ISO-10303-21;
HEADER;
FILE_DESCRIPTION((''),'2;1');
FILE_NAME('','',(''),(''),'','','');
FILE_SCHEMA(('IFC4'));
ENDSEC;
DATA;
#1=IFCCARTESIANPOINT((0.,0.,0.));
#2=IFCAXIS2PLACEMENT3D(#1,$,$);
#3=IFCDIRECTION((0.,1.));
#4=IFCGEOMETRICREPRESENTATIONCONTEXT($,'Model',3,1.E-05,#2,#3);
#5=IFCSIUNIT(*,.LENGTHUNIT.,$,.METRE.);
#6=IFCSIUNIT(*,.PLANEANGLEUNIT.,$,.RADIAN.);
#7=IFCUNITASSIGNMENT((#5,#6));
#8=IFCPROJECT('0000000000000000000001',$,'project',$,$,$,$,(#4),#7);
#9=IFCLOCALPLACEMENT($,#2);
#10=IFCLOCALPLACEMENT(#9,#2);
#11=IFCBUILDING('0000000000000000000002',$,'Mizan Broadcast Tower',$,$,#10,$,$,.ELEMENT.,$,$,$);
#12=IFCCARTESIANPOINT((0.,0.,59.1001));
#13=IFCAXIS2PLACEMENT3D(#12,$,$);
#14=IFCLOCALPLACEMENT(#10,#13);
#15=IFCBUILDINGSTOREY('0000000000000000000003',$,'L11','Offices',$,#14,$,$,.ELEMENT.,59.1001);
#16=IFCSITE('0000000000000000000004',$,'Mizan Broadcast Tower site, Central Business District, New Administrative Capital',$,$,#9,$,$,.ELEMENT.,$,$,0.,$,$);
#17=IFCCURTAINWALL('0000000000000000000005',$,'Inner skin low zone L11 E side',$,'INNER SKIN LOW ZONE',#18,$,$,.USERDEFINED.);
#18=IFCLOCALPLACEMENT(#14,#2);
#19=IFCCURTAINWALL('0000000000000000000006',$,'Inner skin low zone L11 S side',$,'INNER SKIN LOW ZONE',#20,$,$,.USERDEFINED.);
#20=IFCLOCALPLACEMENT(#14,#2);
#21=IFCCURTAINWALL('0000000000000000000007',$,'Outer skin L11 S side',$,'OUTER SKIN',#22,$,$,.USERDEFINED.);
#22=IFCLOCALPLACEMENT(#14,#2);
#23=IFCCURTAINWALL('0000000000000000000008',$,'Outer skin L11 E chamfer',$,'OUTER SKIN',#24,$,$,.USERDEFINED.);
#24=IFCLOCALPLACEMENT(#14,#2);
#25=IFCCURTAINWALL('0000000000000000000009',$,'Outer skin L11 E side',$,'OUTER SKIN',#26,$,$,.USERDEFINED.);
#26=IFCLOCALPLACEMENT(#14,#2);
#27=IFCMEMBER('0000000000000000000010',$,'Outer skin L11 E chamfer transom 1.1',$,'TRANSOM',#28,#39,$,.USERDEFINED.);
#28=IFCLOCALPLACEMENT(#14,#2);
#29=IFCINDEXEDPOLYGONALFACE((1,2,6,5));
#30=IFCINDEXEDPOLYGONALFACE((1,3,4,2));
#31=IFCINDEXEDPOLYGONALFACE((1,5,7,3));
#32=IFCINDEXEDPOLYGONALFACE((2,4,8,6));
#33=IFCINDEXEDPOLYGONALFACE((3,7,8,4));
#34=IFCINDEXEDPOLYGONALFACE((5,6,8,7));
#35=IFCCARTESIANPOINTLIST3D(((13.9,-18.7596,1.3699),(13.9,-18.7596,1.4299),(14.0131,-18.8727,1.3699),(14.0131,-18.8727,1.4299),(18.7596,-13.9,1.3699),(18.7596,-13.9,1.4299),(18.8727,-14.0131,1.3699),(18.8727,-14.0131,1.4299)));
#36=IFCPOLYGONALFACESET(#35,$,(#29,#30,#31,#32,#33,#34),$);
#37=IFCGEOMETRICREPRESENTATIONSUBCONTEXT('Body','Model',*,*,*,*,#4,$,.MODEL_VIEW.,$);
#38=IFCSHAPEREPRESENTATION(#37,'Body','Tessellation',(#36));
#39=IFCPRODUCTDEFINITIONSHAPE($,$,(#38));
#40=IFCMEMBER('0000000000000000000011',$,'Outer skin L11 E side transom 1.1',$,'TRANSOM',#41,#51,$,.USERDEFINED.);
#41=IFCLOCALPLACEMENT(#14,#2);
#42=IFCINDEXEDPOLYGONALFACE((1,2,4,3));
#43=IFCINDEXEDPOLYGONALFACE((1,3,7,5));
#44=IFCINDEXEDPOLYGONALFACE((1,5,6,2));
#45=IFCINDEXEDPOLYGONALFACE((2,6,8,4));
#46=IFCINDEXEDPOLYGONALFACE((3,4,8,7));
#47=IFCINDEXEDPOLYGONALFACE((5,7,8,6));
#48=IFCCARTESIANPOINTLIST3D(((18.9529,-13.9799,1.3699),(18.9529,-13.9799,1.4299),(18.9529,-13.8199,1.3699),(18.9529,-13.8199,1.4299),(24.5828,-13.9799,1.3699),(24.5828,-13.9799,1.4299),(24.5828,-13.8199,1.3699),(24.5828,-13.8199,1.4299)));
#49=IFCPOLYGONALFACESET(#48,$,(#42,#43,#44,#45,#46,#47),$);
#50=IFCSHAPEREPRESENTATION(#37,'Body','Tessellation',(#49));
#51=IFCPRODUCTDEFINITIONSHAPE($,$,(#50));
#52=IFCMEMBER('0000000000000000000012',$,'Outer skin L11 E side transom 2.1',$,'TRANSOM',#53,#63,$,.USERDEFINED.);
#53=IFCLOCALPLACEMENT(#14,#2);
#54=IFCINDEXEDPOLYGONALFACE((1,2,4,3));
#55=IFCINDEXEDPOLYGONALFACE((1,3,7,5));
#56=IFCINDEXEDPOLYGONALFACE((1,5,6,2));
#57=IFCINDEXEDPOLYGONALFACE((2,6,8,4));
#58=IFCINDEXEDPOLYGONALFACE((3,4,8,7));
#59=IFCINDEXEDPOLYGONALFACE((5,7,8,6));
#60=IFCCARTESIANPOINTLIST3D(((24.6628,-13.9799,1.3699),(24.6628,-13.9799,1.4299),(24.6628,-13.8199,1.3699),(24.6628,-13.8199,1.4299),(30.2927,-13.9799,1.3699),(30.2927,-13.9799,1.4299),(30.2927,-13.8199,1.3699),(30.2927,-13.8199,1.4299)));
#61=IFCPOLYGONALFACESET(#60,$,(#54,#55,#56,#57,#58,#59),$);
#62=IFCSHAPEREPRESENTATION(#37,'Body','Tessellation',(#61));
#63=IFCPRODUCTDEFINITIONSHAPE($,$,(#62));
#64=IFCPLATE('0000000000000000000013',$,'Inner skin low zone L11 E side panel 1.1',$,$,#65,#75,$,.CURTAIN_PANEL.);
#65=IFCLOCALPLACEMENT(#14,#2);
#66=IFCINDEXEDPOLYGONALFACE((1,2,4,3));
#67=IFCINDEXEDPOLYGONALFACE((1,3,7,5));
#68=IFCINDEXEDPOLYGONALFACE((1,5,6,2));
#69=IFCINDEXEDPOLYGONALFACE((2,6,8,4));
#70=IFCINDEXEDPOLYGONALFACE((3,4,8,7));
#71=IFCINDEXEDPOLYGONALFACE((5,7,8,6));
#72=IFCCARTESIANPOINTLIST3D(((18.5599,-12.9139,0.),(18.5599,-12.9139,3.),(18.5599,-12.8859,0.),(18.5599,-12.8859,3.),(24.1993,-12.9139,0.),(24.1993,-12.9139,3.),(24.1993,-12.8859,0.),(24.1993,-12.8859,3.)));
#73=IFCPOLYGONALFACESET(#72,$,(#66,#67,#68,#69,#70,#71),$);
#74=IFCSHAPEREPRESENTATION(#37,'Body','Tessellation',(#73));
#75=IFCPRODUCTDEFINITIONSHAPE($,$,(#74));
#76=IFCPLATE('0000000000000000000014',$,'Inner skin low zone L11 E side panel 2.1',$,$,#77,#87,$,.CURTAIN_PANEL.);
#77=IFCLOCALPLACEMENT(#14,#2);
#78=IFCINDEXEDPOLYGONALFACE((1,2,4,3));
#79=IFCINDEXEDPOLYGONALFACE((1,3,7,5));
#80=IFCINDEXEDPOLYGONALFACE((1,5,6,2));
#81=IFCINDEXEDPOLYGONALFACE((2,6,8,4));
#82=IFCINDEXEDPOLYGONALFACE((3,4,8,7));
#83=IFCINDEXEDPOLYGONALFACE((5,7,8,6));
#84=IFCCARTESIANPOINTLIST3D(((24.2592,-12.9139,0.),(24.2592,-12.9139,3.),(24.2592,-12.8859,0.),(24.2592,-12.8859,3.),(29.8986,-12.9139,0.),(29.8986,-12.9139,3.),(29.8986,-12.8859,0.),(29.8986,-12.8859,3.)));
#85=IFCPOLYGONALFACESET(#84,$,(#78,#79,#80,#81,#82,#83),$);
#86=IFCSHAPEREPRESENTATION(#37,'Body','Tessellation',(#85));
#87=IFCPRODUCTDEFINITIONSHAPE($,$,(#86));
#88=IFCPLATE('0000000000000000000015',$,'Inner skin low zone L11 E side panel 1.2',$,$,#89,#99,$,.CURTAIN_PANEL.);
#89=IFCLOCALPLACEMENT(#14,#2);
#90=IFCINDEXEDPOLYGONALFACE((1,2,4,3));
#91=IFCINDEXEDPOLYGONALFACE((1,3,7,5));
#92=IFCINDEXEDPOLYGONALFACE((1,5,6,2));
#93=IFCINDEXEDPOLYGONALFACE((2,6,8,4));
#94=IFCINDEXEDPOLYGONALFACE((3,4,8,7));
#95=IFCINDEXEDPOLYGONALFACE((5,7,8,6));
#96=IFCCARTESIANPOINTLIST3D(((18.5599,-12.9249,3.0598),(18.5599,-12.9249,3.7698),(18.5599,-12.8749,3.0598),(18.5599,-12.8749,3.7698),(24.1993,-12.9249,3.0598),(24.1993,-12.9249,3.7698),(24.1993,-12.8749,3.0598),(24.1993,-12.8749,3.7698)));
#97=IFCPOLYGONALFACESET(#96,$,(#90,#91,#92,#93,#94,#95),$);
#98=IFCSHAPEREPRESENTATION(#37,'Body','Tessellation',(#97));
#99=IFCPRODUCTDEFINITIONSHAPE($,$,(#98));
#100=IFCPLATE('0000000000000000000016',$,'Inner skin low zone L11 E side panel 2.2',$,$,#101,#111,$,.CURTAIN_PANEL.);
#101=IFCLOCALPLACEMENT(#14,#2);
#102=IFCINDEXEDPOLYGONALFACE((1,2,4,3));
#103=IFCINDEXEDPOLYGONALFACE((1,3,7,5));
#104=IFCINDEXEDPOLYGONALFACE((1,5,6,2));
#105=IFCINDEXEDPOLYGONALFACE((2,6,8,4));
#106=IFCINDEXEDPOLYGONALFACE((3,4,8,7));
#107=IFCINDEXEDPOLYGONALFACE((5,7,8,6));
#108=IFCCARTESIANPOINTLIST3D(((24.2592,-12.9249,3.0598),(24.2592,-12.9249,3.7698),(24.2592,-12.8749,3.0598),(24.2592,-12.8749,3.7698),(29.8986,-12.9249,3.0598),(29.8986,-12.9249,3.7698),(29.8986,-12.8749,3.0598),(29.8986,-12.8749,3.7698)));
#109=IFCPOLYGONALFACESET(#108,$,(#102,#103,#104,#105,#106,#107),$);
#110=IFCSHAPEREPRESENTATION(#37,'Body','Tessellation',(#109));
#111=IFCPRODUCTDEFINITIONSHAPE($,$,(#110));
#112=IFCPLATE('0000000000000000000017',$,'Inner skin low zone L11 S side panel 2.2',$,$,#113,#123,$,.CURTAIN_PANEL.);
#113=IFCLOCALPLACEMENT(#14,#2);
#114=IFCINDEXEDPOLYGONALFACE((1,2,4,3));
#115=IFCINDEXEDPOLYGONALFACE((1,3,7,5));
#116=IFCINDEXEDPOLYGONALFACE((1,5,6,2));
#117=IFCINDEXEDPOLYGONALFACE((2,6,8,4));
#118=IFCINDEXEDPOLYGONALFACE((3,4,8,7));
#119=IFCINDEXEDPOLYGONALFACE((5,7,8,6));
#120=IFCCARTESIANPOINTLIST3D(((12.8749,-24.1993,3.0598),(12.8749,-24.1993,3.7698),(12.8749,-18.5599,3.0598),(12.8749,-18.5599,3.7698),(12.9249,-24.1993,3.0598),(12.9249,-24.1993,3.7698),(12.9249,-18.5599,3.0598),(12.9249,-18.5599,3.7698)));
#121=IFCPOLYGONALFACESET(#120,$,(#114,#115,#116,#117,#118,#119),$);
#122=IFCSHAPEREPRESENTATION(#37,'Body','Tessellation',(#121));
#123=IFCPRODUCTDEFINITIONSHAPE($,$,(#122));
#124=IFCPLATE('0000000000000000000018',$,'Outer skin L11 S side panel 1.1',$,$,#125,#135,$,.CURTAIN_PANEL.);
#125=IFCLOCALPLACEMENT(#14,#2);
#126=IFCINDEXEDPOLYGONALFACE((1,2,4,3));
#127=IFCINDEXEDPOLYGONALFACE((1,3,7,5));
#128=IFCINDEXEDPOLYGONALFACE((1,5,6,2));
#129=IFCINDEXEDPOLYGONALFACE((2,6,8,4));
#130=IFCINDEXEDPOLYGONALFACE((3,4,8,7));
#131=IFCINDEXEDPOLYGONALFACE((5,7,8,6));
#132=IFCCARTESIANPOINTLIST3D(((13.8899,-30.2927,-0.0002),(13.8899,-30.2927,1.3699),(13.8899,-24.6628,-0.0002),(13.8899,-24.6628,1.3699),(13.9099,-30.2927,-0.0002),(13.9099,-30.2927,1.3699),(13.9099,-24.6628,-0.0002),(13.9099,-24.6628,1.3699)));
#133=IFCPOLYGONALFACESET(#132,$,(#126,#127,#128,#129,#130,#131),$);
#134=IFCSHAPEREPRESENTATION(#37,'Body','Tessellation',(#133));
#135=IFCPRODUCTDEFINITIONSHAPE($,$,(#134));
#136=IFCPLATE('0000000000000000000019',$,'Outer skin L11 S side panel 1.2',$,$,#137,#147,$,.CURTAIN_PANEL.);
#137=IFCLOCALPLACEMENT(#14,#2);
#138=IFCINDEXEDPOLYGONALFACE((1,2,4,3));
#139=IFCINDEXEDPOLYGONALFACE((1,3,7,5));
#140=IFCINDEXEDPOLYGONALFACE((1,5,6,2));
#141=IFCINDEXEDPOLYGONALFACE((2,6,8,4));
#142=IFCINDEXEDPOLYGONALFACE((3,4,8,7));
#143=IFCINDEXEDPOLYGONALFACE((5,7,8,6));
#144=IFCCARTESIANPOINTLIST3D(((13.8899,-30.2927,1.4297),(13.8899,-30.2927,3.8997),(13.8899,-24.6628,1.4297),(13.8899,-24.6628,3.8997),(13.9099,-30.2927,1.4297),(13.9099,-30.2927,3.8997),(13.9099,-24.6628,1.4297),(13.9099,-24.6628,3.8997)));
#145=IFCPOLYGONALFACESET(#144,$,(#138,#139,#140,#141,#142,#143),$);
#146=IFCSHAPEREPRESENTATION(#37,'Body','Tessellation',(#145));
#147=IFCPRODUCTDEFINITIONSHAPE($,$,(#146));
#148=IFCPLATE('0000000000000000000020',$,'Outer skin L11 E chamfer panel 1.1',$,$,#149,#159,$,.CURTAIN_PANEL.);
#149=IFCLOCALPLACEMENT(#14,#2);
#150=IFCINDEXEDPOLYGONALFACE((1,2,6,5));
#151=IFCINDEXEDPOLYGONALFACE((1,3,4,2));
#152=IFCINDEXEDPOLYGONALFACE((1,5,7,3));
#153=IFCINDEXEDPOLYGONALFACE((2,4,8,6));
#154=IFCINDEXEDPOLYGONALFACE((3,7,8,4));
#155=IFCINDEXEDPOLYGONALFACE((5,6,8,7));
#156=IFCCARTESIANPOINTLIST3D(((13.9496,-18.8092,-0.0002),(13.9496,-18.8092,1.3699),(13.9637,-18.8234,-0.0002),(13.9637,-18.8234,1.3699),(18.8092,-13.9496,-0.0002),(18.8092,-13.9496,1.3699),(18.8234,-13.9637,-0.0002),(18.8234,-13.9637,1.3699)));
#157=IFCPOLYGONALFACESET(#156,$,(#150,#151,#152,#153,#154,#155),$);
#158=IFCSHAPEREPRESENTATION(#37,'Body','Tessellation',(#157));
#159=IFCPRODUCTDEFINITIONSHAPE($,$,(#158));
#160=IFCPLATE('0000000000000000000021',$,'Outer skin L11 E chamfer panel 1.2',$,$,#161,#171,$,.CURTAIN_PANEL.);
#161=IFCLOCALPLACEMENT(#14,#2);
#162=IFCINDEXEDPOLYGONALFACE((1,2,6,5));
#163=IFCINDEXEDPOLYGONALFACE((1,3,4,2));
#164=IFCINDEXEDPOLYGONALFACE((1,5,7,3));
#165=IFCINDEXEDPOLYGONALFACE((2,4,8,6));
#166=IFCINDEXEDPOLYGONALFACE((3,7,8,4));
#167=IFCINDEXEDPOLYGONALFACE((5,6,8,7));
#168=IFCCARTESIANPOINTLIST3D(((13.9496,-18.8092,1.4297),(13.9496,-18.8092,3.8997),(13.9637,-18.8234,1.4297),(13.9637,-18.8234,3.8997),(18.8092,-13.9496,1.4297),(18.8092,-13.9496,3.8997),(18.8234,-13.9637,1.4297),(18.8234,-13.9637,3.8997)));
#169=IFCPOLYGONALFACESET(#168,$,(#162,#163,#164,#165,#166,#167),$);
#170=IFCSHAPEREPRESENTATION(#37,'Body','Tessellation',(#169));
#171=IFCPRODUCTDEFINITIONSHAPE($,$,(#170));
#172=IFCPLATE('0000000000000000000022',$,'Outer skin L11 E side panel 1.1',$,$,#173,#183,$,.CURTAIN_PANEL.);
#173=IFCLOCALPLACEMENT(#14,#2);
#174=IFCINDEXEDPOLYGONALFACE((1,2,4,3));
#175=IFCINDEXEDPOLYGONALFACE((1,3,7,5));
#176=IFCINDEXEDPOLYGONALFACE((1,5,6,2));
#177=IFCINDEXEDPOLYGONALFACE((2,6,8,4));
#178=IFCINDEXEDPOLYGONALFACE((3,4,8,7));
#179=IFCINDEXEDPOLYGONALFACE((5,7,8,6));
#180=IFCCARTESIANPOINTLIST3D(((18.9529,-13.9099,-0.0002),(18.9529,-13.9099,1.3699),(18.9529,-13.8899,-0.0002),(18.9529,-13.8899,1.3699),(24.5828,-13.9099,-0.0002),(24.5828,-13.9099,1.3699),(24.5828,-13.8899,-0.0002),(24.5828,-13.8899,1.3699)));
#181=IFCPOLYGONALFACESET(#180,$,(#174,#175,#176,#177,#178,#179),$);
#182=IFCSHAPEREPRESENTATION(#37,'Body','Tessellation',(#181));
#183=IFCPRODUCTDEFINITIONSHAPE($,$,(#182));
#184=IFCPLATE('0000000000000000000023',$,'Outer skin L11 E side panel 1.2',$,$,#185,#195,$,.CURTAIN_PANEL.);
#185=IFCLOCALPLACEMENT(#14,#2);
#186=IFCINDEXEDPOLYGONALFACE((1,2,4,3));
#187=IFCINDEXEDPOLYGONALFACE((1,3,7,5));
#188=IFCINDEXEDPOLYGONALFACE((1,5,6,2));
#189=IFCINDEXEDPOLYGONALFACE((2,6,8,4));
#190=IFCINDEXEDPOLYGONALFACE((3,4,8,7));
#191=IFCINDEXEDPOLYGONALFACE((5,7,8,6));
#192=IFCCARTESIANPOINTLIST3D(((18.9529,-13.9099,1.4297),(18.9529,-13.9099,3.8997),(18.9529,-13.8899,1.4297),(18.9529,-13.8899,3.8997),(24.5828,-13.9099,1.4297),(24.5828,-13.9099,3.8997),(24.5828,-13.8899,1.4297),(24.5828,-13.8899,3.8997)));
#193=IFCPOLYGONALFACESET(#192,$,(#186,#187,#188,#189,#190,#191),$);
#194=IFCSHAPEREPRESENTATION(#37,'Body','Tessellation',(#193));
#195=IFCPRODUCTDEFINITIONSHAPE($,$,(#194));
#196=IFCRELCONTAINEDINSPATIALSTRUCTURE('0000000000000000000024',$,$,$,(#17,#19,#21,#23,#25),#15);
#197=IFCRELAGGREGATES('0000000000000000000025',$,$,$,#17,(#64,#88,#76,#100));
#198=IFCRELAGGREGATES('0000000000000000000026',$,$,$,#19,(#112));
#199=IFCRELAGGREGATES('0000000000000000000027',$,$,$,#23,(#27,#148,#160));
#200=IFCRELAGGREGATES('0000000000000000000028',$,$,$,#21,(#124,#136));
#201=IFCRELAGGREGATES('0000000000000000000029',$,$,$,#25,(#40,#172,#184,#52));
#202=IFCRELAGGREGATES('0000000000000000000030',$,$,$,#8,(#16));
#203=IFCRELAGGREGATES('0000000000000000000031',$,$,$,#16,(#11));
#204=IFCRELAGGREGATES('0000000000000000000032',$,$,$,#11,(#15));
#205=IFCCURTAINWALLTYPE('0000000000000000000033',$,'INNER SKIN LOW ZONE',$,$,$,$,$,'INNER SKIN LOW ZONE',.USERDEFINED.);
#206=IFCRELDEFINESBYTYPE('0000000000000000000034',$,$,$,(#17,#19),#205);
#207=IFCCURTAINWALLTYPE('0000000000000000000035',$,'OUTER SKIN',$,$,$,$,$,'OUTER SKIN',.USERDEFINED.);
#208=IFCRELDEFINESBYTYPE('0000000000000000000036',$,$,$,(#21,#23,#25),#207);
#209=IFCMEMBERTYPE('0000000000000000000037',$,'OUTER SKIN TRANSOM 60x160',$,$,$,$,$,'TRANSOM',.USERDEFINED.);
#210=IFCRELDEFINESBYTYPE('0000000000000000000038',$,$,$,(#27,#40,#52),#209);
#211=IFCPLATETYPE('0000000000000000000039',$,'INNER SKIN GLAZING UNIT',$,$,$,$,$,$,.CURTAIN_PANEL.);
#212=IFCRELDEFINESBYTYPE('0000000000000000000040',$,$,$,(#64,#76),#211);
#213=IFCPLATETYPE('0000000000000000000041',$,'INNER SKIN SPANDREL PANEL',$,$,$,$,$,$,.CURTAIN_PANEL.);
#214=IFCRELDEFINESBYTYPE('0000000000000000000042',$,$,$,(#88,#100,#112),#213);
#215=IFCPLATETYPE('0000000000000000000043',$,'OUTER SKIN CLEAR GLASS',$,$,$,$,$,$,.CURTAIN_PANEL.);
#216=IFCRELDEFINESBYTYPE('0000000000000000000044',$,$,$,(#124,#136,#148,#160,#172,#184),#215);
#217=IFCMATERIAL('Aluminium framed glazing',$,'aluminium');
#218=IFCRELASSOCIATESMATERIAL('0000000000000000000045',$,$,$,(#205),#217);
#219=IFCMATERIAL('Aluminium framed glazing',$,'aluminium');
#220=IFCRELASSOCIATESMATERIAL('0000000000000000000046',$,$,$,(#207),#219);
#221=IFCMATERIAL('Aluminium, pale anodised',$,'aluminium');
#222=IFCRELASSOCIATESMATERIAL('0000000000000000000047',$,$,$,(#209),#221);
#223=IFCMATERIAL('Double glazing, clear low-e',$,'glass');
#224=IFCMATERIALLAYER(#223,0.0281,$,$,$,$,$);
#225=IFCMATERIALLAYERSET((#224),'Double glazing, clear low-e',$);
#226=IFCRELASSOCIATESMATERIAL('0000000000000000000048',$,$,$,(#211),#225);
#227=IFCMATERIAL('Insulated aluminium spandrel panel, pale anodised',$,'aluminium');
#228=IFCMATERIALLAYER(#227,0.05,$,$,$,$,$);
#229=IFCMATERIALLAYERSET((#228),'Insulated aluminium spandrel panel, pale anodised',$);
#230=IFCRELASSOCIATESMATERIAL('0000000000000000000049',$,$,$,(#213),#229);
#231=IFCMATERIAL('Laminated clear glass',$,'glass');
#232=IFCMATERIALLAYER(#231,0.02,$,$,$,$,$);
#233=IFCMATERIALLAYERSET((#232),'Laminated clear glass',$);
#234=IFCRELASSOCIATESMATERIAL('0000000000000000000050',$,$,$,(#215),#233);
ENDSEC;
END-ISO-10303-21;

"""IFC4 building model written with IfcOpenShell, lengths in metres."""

from ifc_helpers import new_model, si_unit, direction, frame, origin, origin_2d, place, context, subcontext, project, spatial, rectangle, extrude, material, layer, layer_set, material_profile, profile_set, type_object, element, aggregate, save


model = new_model("IFC4")

# Units and contexts
model_context = context("Model", 3, precision=1e-05, world=origin(), true_north=direction((0.0, 1.0)))
body_context = subcontext(model_context, "Body", "Model", "MODEL_VIEW")
ifc_project = project(units=[si_unit("LENGTHUNIT", "METRE"), si_unit("PLANEANGLEUNIT", "RADIAN")], contexts=[model_context])

# Site, building, storey
site_placement = place(None, origin())
site = spatial("IfcSite", under=ifc_project, at=site_placement, Name="Mizan Broadcast Tower site, Central Business District, New Administrative Capital", CompositionType="ELEMENT", RefElevation=0.0)
building_placement = place(site_placement, origin())
building = spatial("IfcBuilding", under=site, at=building_placement, Name="Mizan Broadcast Tower", CompositionType="ELEMENT")
storey_placement = place(building_placement, frame((0.0, 0.0, 59.1001)))
storey = spatial("IfcBuildingStorey", under=building, at=storey_placement, Name="L11", Description="Offices", CompositionType="ELEMENT", Elevation=59.1001)

# Curtain wall
ifc_material_1 = material(Name="Aluminium framed glazing", Category="aluminium")
curtain_wall_type_1 = type_object("IfcCurtainWallType", Name="INNER SKIN LOW ZONE", ElementType="INNER SKIN LOW ZONE", PredefinedType="USERDEFINED", material=ifc_material_1)
curtain_wall_1_placement = place(storey_placement, origin())
curtain_wall_1 = element("IfcCurtainWall", 1, at=curtain_wall_1_placement, inside=storey, type_object=curtain_wall_type_1, Name="Inner skin low zone L11 E side", ObjectType="INNER SKIN LOW ZONE", PredefinedType="USERDEFINED")

# Curtain wall
curtain_wall_2_placement = place(storey_placement, origin())
curtain_wall_2 = element("IfcCurtainWall", 2, at=curtain_wall_2_placement, inside=storey, type_object=curtain_wall_type_1, Name="Inner skin low zone L11 S side", ObjectType="INNER SKIN LOW ZONE", PredefinedType="USERDEFINED")

# Shared definitions
ifc_material_2 = material(Name="Aluminium framed glazing", Category="aluminium")
curtain_wall_type_2 = type_object("IfcCurtainWallType", Name="OUTER SKIN", ElementType="OUTER SKIN", PredefinedType="USERDEFINED", material=ifc_material_2)

# Curtain wall
curtain_wall_3_placement = place(storey_placement, origin())
curtain_wall_3 = element("IfcCurtainWall", 3, at=curtain_wall_3_placement, inside=storey, type_object=curtain_wall_type_2, Name="Outer skin L11 S side", ObjectType="OUTER SKIN", PredefinedType="USERDEFINED")

# Curtain wall
curtain_wall_4_placement = place(storey_placement, origin())
curtain_wall_4 = element("IfcCurtainWall", 4, at=curtain_wall_4_placement, inside=storey, type_object=curtain_wall_type_2, Name="Outer skin L11 E chamfer", ObjectType="OUTER SKIN", PredefinedType="USERDEFINED")

# Curtain wall
curtain_wall_5_placement = place(storey_placement, origin())
curtain_wall_5 = element("IfcCurtainWall", 5, at=curtain_wall_5_placement, inside=storey, type_object=curtain_wall_type_2, Name="Outer skin L11 E side", ObjectType="OUTER SKIN", PredefinedType="USERDEFINED")

# Shared definitions
ifc_material_3 = material(Name="Aluminium, pale anodised", Category="aluminium")
ifc_material_profile_1 = material_profile(ifc_material_3, rectangle(XDim=0.1599, YDim=0.0601, at=origin_2d()), Name="TRANSOM 160x60")
ifc_profile_set_1 = profile_set([ifc_material_profile_1], Name="Aluminium, pale anodised")
member_type_1 = type_object("IfcMemberType", Name="OUTER SKIN TRANSOM 60x160", ElementType="TRANSOM", PredefinedType="USERDEFINED", material=ifc_profile_set_1)

# Members
member_1_placement = place(storey_placement, frame((13.9565, -18.8162, 1.3999), z_axis=(0.707107, 0.707107, 0.0), x_axis=(-0.707107, 0.707107, 0.0)))
member_1 = element("IfcMember", 6, at=member_1_placement, type_object=member_type_1, Name="Outer skin L11 E chamfer transom 1.1", ObjectType="TRANSOM", PredefinedType="USERDEFINED", context=body_context, shape_type="SweptSolid", body=[
    extrude(rectangle(XDim=0.1599, YDim=0.0601, at=origin_2d()), origin(), (0.0, 0.0, 1.0), 6.8726),
])
member_2_placement = place(storey_placement, frame((18.9529, -13.8999, 1.3999), z_axis=(1.0, 0.0, 0.0), x_axis=(0.0, 1.0, 0.0)))
member_2 = element("IfcMember", 7, at=member_2_placement, type_object=member_type_1, Name="Outer skin L11 E side transom 1.1", ObjectType="TRANSOM", PredefinedType="USERDEFINED", context=body_context, shape_type="SweptSolid", body=[
    extrude(rectangle(XDim=0.1599, YDim=0.0601, at=origin_2d()), origin(), (0.0, 0.0, 1.0), 5.6299),
])
member_3_placement = place(storey_placement, frame((24.6628, -13.8999, 1.3999), z_axis=(1.0, 0.0, 0.0), x_axis=(0.0, 1.0, 0.0)))
member_3 = element("IfcMember", 8, at=member_3_placement, type_object=member_type_1, Name="Outer skin L11 E side transom 2.1", ObjectType="TRANSOM", PredefinedType="USERDEFINED", context=body_context, shape_type="SweptSolid", body=[
    extrude(rectangle(XDim=0.1599, YDim=0.0601, at=origin_2d()), origin(), (0.0, 0.0, 1.0), 5.6299),
])

# Plates
ifc_material_4 = material(Name="Double glazing, clear low-e", Category="glass")
ifc_layer_1 = layer(ifc_material_4, 0.0281)
ifc_layer_set_1 = layer_set([ifc_layer_1], Name="Double glazing, clear low-e")
plate_type_1 = type_object("IfcPlateType", Name="INNER SKIN GLAZING UNIT", PredefinedType="CURTAIN_PANEL", material=ifc_layer_set_1)
plate_1_placement = place(storey_placement, frame((21.3796, -12.8999, 0.0), z_axis=(0.0, 0.0, 1.0), x_axis=(1.0, 0.0, 0.0)))
plate_1 = element("IfcPlate", 9, at=plate_1_placement, type_object=plate_type_1, Name="Inner skin low zone L11 E side panel 1.1", PredefinedType="CURTAIN_PANEL", context=body_context, shape_type="SweptSolid", body=[
    extrude(rectangle(XDim=5.6394, YDim=0.0281, at=origin_2d()), origin(), (0.0, 0.0, 1.0), 3.0),
])
plate_2_placement = place(storey_placement, frame((27.0789, -12.8999, 0.0), z_axis=(0.0, 0.0, 1.0), x_axis=(1.0, 0.0, 0.0)))
plate_2 = element("IfcPlate", 10, at=plate_2_placement, type_object=plate_type_1, Name="Inner skin low zone L11 E side panel 2.1", PredefinedType="CURTAIN_PANEL", context=body_context, shape_type="SweptSolid", body=[
    extrude(rectangle(XDim=5.6394, YDim=0.0281, at=origin_2d()), origin(), (0.0, 0.0, 1.0), 3.0),
])
ifc_material_5 = material(Name="Insulated aluminium spandrel panel, pale anodised", Category="aluminium")
ifc_layer_2 = layer(ifc_material_5, 0.05)
ifc_layer_set_2 = layer_set([ifc_layer_2], Name="Insulated aluminium spandrel panel, pale anodised")
plate_type_2 = type_object("IfcPlateType", Name="INNER SKIN SPANDREL PANEL", PredefinedType="CURTAIN_PANEL", material=ifc_layer_set_2)
plate_3_placement = place(storey_placement, frame((21.3796, -12.8999, 3.0598), z_axis=(0.0, 0.0, 1.0), x_axis=(1.0, 0.0, 0.0)))
plate_3 = element("IfcPlate", 11, at=plate_3_placement, type_object=plate_type_2, Name="Inner skin low zone L11 E side panel 1.2", PredefinedType="CURTAIN_PANEL", context=body_context, shape_type="SweptSolid", body=[
    extrude(rectangle(XDim=5.6394, YDim=0.05, at=origin_2d()), origin(), (0.0, 0.0, 1.0), 0.71),
])
plate_4_placement = place(storey_placement, frame((27.0789, -12.8999, 3.0598), z_axis=(0.0, 0.0, 1.0), x_axis=(1.0, 0.0, 0.0)))
plate_4 = element("IfcPlate", 12, at=plate_4_placement, type_object=plate_type_2, Name="Inner skin low zone L11 E side panel 2.2", PredefinedType="CURTAIN_PANEL", context=body_context, shape_type="SweptSolid", body=[
    extrude(rectangle(XDim=5.6394, YDim=0.05, at=origin_2d()), origin(), (0.0, 0.0, 1.0), 0.71),
])
aggregate(curtain_wall_1, [plate_1, plate_3, plate_2, plate_4])
plate_5_placement = place(storey_placement, frame((12.8999, -21.3796, 3.0598), z_axis=(0.0, 0.0, 1.0), x_axis=(0.0, 1.0, 0.0)))
plate_5 = element("IfcPlate", 13, at=plate_5_placement, type_object=plate_type_2, Name="Inner skin low zone L11 S side panel 2.2", PredefinedType="CURTAIN_PANEL", context=body_context, shape_type="SweptSolid", body=[
    extrude(rectangle(XDim=5.6394, YDim=0.05, at=origin_2d()), origin(), (0.0, 0.0, 1.0), 0.71),
])
aggregate(curtain_wall_2, [plate_5])
ifc_material_6 = material(Name="Laminated clear glass", Category="glass")
ifc_layer_3 = layer(ifc_material_6, 0.02)
ifc_layer_set_3 = layer_set([ifc_layer_3], Name="Laminated clear glass")
plate_type_3 = type_object("IfcPlateType", Name="OUTER SKIN CLEAR GLASS", PredefinedType="CURTAIN_PANEL", material=ifc_layer_set_3)
plate_6_placement = place(storey_placement, frame((13.8999, -27.4778, -0.0002), z_axis=(0.0, 0.0, 1.0), x_axis=(0.0, 1.0, 0.0)))
plate_6 = element("IfcPlate", 14, at=plate_6_placement, type_object=plate_type_3, Name="Outer skin L11 S side panel 1.1", PredefinedType="CURTAIN_PANEL", context=body_context, shape_type="SweptSolid", body=[
    extrude(rectangle(XDim=5.6299, YDim=0.02, at=origin_2d()), origin(), (0.0, 0.0, 1.0), 1.3701),
])
plate_7_placement = place(storey_placement, frame((13.8999, -27.4778, 1.4297), z_axis=(0.0, 0.0, 1.0), x_axis=(0.0, 1.0, 0.0)))
plate_7 = element("IfcPlate", 15, at=plate_7_placement, type_object=plate_type_3, Name="Outer skin L11 S side panel 1.2", PredefinedType="CURTAIN_PANEL", context=body_context, shape_type="SweptSolid", body=[
    extrude(rectangle(XDim=5.6299, YDim=0.02, at=origin_2d()), origin(), (0.0, 0.0, 1.0), 2.47),
])
plate_8_placement = place(storey_placement, frame((16.3865, -16.3865, -0.0002), z_axis=(0.0, 0.0, 1.0), x_axis=(0.707107, 0.707107, 0.0)))
plate_8 = element("IfcPlate", 16, at=plate_8_placement, type_object=plate_type_3, Name="Outer skin L11 E chamfer panel 1.1", PredefinedType="CURTAIN_PANEL", context=body_context, shape_type="SweptSolid", body=[
    extrude(rectangle(XDim=6.8726, YDim=0.02, at=origin_2d()), origin(), (0.0, 0.0, 1.0), 1.3701),
])
plate_9_placement = place(storey_placement, frame((16.3865, -16.3865, 1.4297), z_axis=(0.0, 0.0, 1.0), x_axis=(0.707107, 0.707107, 0.0)))
plate_9 = element("IfcPlate", 17, at=plate_9_placement, type_object=plate_type_3, Name="Outer skin L11 E chamfer panel 1.2", PredefinedType="CURTAIN_PANEL", context=body_context, shape_type="SweptSolid", body=[
    extrude(rectangle(XDim=6.8726, YDim=0.02, at=origin_2d()), origin(), (0.0, 0.0, 1.0), 2.47),
])
aggregate(curtain_wall_4, [member_1, plate_8, plate_9])
plate_10_placement = place(storey_placement, frame((21.7678, -13.8999, -0.0002), z_axis=(0.0, 0.0, 1.0), x_axis=(1.0, 0.0, 0.0)))
plate_10 = element("IfcPlate", 18, at=plate_10_placement, type_object=plate_type_3, Name="Outer skin L11 E side panel 1.1", PredefinedType="CURTAIN_PANEL", context=body_context, shape_type="SweptSolid", body=[
    extrude(rectangle(XDim=5.6299, YDim=0.02, at=origin_2d()), origin(), (0.0, 0.0, 1.0), 1.3701),
])
plate_11_placement = place(storey_placement, frame((21.7678, -13.8999, 1.4297), z_axis=(0.0, 0.0, 1.0), x_axis=(1.0, 0.0, 0.0)))
plate_11 = element("IfcPlate", 19, at=plate_11_placement, type_object=plate_type_3, Name="Outer skin L11 E side panel 1.2", PredefinedType="CURTAIN_PANEL", context=body_context, shape_type="SweptSolid", body=[
    extrude(rectangle(XDim=5.6299, YDim=0.02, at=origin_2d()), origin(), (0.0, 0.0, 1.0), 2.47),
])
aggregate(curtain_wall_3, [plate_6, plate_7])
aggregate(curtain_wall_5, [member_2, plate_10, plate_11, member_3])

save(model, "model.ifc")
